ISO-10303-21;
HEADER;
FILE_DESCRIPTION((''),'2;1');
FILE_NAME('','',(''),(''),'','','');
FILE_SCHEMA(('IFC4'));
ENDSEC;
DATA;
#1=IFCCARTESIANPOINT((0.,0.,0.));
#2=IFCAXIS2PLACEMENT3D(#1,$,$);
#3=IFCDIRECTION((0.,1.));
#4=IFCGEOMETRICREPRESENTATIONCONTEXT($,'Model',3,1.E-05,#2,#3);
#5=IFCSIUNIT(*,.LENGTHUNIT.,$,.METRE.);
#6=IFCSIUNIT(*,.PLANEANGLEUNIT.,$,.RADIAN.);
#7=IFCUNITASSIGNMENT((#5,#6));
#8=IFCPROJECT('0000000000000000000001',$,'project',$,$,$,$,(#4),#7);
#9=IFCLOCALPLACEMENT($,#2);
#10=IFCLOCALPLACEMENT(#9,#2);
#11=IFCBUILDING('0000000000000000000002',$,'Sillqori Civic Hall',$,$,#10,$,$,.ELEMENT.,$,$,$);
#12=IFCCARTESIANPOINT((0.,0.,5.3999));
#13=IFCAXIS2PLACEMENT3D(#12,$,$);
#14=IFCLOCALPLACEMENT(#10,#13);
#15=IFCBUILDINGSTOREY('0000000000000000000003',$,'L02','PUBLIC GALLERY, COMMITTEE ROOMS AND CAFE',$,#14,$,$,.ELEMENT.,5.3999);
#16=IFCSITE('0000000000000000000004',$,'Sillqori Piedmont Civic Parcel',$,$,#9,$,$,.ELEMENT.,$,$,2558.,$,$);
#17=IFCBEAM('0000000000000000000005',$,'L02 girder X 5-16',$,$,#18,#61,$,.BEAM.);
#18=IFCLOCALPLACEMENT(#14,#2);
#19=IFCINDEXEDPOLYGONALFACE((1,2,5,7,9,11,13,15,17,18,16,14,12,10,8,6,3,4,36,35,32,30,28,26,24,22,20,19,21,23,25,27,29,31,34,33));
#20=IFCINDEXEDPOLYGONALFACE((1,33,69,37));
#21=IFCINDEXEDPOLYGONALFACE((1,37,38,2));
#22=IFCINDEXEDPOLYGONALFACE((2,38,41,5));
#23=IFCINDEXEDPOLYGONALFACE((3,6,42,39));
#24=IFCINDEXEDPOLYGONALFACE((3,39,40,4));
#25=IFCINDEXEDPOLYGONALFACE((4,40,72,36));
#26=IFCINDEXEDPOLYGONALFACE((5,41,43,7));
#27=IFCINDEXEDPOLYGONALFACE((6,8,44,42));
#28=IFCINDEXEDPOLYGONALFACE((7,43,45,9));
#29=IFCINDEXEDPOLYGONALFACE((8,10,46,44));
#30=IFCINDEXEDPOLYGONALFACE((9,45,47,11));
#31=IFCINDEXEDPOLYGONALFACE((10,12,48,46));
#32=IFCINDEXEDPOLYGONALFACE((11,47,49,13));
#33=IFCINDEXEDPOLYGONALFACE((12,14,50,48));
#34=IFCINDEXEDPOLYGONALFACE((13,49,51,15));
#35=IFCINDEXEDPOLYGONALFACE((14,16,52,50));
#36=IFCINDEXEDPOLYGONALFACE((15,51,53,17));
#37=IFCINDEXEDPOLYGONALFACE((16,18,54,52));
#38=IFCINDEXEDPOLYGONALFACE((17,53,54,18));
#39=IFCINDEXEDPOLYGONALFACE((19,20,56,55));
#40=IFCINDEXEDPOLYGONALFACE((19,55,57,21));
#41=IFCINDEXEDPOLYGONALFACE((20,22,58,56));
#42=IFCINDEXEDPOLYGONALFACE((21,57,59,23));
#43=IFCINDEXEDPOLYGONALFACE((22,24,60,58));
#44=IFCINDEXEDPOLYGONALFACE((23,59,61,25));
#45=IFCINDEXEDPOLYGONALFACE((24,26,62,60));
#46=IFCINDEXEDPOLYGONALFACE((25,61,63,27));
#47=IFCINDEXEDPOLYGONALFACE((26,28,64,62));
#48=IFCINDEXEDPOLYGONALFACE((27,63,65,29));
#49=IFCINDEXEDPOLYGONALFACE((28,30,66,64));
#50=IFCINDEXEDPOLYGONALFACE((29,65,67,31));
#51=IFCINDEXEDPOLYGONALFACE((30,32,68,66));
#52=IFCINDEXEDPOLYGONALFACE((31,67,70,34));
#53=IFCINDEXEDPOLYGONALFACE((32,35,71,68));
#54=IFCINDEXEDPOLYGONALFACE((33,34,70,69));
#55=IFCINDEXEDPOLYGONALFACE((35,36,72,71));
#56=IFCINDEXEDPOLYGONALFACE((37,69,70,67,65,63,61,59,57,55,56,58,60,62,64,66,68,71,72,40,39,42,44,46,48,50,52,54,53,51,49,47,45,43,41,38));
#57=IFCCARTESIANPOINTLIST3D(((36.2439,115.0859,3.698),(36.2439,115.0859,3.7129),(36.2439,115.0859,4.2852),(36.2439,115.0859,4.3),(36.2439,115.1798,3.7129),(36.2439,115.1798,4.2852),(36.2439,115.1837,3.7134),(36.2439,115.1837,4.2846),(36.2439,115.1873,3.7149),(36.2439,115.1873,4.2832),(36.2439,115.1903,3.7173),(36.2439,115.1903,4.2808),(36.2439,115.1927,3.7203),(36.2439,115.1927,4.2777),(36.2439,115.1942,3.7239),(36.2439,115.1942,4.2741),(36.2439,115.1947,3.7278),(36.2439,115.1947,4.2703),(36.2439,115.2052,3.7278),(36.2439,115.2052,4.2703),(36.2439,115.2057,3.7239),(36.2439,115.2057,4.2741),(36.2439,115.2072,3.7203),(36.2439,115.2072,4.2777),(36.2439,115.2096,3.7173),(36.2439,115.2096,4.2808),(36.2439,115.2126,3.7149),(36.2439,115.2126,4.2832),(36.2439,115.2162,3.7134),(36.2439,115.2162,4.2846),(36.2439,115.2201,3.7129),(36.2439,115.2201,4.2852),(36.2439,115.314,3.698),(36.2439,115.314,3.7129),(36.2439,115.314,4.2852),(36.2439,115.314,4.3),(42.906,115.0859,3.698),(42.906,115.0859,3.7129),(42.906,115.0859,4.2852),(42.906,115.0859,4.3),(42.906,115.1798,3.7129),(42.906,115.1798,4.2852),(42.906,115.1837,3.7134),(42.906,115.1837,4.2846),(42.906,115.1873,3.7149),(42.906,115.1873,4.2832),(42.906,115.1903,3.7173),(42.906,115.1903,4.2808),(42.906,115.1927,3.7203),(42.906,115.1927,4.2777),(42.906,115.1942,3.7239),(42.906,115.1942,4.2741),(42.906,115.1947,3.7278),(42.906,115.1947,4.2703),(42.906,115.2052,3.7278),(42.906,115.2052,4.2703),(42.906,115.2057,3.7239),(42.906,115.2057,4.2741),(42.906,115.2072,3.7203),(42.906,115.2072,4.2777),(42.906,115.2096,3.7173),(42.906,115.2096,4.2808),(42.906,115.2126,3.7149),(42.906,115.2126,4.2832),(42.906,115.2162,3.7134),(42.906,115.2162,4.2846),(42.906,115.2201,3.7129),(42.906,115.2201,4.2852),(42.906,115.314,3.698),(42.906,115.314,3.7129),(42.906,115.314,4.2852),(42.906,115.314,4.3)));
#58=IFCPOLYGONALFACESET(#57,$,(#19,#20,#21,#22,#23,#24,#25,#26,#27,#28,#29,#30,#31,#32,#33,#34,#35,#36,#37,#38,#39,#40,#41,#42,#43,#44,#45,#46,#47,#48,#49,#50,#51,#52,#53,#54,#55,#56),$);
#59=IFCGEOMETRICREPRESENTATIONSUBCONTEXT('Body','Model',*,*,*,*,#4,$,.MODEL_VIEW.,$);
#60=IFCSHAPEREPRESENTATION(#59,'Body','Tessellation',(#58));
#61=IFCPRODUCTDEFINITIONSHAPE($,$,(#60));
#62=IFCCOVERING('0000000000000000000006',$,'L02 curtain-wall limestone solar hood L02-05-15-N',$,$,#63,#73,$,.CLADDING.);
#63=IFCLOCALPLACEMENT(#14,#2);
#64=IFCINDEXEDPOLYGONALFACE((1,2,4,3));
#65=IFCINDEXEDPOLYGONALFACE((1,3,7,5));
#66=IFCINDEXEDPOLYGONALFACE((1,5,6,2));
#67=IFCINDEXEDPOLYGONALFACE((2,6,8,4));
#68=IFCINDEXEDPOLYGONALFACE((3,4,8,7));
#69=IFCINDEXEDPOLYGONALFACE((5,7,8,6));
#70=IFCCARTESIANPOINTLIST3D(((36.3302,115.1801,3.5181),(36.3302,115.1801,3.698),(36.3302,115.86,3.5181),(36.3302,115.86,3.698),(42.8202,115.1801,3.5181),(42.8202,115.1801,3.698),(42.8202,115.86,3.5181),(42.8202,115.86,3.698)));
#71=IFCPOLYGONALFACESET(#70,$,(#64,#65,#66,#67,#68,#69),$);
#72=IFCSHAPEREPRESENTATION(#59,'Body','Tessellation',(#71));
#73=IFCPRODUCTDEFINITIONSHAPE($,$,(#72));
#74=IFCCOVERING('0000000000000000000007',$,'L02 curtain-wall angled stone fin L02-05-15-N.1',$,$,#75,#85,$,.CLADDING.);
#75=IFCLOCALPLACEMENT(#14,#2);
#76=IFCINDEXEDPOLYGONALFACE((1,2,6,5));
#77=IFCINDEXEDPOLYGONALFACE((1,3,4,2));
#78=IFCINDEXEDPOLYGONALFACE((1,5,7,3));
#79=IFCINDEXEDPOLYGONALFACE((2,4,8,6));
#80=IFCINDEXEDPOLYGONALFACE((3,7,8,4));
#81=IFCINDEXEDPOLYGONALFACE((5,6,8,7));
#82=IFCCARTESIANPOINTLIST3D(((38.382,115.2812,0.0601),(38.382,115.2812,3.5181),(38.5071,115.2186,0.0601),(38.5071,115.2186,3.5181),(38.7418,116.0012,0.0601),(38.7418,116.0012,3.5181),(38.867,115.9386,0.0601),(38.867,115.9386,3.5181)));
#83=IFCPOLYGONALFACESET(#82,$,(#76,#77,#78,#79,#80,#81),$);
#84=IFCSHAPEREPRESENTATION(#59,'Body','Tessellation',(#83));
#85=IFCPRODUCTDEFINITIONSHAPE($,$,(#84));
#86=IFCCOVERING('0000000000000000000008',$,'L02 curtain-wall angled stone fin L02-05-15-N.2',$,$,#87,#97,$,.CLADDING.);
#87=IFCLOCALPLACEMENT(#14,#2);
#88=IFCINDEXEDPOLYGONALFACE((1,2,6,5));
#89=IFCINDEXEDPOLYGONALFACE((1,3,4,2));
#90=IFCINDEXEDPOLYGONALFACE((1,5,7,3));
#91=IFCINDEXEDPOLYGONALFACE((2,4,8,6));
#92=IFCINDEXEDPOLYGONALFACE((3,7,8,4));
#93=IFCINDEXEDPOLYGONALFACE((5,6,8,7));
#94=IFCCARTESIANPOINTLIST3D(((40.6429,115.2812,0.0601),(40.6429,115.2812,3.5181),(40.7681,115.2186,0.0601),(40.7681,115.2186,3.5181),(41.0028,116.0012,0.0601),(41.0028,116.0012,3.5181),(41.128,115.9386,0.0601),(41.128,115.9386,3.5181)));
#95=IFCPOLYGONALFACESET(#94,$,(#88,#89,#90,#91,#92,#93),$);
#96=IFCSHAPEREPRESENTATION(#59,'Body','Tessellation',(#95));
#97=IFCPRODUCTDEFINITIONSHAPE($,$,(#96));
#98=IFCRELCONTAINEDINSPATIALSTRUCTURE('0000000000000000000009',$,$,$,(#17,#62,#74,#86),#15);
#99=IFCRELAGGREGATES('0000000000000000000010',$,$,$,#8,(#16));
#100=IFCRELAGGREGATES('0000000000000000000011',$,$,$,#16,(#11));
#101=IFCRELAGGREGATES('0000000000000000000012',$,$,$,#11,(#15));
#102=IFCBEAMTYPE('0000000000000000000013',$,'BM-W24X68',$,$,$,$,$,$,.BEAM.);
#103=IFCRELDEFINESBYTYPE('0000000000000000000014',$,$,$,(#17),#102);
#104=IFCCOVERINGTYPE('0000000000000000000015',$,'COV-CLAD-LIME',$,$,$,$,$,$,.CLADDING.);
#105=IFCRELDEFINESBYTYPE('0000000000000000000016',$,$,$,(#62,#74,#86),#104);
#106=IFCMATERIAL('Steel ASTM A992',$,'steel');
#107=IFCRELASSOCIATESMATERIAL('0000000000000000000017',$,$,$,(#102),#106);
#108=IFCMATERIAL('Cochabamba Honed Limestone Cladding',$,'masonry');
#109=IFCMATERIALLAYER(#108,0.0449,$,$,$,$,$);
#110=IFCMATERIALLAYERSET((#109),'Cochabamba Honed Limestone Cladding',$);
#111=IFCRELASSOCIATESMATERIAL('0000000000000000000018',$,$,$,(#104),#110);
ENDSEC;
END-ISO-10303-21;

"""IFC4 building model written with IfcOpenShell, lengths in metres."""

from ifc_helpers import new_model, si_unit, direction, frame, frame_2d, origin, origin_2d, place, context, subcontext, project, spatial, rectangle, i_section, extrude, material, layer, layer_set, material_profile, profile_set, type_object, element, save


model = new_model("IFC4")

# Units and contexts
model_context = context("Model", 3, precision=1e-05, world=origin(), true_north=direction((0.0, 1.0)))
body_context = subcontext(model_context, "Body", "Model", "MODEL_VIEW")
ifc_project = project(units=[si_unit("LENGTHUNIT", "METRE"), si_unit("PLANEANGLEUNIT", "RADIAN")], contexts=[model_context])

# Site, building, storey
site_placement = place(None, origin())
site = spatial("IfcSite", under=ifc_project, at=site_placement, Name="Sillqori Piedmont Civic Parcel", CompositionType="ELEMENT", RefElevation=2558.0)
building_placement = place(site_placement, origin())
building = spatial("IfcBuilding", under=site, at=building_placement, Name="Sillqori Civic Hall", CompositionType="ELEMENT")
storey_placement = place(building_placement, frame((0.0, 0.0, 5.3999)))
storey = spatial("IfcBuildingStorey", under=building, at=storey_placement, Name="L02", Description="PUBLIC GALLERY, COMMITTEE ROOMS AND CAFE", CompositionType="ELEMENT", Elevation=5.3999)

# Beam
ifc_material_1 = material(Name="Steel ASTM A992", Category="steel")
ifc_material_profile_1 = material_profile(ifc_material_1, i_section(OverallWidth=0.228, OverallDepth=0.6021, WebThickness=0.0105, FlangeThickness=0.0149, FilletRadius=0.0149, at=origin_2d()), Name="W24X68")
ifc_profile_set_1 = profile_set([ifc_material_profile_1], Name="Steel ASTM A992")
beam_type = type_object("IfcBeamType", Name="BM-W24X68", PredefinedType="BEAM", material=ifc_profile_set_1)
beam_placement = place(storey_placement, frame((36.2439, 115.2, 3.999), z_axis=(1.0, 0.0, 0.0), x_axis=(0.0, 1.0, 0.0)))
element("IfcBeam", 1, at=beam_placement, inside=storey, type_object=beam_type, Name="L02 girder X 5-16", PredefinedType="BEAM", context=body_context, shape_type="SweptSolid", body=[
    extrude(i_section(OverallWidth=0.228, OverallDepth=0.6021, WebThickness=0.0105, FlangeThickness=0.0149, FilletRadius=0.0149, at=origin_2d()), origin(), (0.0, 0.0, 1.0), 6.6621),
])

# Coverings
ifc_material_2 = material(Name="Cochabamba Honed Limestone Cladding", Category="masonry")
ifc_layer_1 = layer(ifc_material_2, 0.0449)
ifc_layer_set_1 = layer_set([ifc_layer_1], Name="Cochabamba Honed Limestone Cladding")
covering_type = type_object("IfcCoveringType", Name="COV-CLAD-LIME", PredefinedType="CLADDING", material=ifc_layer_set_1)
covering_placement = place(storey_placement, frame((36.3301, 115.52, 3.5181), z_axis=(0.0, 0.0, 1.0), x_axis=(1.0, 0.0, 0.0)))
element("IfcCovering", 2, at=covering_placement, inside=storey, type_object=covering_type, Name="L02 curtain-wall limestone solar hood L02-05-15-N", PredefinedType="CLADDING", context=body_context, shape_type="SweptSolid", body=[
    extrude(rectangle(XDim=6.49, YDim=0.6799, at=frame_2d((3.2451, 0.0))), origin(), (0.0, 0.0, 1.0), 0.1799),
])
for number, where, z_axis, x_axis, name in (
    (3, (38.4446, 115.25, 0.0601), (0.0, 0.0, 1.0), (0.447092, 0.894488, 0.0), "L02 curtain-wall angled stone fin L02-05-15-N.1"),
    (4, (40.7056, 115.25, 0.0601), (0.0, 0.0, 1.0), (0.447092, 0.894488, 0.0), "L02 curtain-wall angled stone fin L02-05-15-N.2"),
):
    element("IfcCovering", number, at=place(storey_placement, frame(where, z_axis=z_axis, x_axis=x_axis)), inside=storey, type_object=covering_type, Name=name, PredefinedType="CLADDING", context=body_context, shape_type="SweptSolid", body=[
        extrude(rectangle(XDim=0.8049, YDim=0.1399, at=frame_2d((0.4023, 0.0))), origin(), (0.0, 0.0, 1.0), 3.458),
    ])

save(model, "model.ifc")
